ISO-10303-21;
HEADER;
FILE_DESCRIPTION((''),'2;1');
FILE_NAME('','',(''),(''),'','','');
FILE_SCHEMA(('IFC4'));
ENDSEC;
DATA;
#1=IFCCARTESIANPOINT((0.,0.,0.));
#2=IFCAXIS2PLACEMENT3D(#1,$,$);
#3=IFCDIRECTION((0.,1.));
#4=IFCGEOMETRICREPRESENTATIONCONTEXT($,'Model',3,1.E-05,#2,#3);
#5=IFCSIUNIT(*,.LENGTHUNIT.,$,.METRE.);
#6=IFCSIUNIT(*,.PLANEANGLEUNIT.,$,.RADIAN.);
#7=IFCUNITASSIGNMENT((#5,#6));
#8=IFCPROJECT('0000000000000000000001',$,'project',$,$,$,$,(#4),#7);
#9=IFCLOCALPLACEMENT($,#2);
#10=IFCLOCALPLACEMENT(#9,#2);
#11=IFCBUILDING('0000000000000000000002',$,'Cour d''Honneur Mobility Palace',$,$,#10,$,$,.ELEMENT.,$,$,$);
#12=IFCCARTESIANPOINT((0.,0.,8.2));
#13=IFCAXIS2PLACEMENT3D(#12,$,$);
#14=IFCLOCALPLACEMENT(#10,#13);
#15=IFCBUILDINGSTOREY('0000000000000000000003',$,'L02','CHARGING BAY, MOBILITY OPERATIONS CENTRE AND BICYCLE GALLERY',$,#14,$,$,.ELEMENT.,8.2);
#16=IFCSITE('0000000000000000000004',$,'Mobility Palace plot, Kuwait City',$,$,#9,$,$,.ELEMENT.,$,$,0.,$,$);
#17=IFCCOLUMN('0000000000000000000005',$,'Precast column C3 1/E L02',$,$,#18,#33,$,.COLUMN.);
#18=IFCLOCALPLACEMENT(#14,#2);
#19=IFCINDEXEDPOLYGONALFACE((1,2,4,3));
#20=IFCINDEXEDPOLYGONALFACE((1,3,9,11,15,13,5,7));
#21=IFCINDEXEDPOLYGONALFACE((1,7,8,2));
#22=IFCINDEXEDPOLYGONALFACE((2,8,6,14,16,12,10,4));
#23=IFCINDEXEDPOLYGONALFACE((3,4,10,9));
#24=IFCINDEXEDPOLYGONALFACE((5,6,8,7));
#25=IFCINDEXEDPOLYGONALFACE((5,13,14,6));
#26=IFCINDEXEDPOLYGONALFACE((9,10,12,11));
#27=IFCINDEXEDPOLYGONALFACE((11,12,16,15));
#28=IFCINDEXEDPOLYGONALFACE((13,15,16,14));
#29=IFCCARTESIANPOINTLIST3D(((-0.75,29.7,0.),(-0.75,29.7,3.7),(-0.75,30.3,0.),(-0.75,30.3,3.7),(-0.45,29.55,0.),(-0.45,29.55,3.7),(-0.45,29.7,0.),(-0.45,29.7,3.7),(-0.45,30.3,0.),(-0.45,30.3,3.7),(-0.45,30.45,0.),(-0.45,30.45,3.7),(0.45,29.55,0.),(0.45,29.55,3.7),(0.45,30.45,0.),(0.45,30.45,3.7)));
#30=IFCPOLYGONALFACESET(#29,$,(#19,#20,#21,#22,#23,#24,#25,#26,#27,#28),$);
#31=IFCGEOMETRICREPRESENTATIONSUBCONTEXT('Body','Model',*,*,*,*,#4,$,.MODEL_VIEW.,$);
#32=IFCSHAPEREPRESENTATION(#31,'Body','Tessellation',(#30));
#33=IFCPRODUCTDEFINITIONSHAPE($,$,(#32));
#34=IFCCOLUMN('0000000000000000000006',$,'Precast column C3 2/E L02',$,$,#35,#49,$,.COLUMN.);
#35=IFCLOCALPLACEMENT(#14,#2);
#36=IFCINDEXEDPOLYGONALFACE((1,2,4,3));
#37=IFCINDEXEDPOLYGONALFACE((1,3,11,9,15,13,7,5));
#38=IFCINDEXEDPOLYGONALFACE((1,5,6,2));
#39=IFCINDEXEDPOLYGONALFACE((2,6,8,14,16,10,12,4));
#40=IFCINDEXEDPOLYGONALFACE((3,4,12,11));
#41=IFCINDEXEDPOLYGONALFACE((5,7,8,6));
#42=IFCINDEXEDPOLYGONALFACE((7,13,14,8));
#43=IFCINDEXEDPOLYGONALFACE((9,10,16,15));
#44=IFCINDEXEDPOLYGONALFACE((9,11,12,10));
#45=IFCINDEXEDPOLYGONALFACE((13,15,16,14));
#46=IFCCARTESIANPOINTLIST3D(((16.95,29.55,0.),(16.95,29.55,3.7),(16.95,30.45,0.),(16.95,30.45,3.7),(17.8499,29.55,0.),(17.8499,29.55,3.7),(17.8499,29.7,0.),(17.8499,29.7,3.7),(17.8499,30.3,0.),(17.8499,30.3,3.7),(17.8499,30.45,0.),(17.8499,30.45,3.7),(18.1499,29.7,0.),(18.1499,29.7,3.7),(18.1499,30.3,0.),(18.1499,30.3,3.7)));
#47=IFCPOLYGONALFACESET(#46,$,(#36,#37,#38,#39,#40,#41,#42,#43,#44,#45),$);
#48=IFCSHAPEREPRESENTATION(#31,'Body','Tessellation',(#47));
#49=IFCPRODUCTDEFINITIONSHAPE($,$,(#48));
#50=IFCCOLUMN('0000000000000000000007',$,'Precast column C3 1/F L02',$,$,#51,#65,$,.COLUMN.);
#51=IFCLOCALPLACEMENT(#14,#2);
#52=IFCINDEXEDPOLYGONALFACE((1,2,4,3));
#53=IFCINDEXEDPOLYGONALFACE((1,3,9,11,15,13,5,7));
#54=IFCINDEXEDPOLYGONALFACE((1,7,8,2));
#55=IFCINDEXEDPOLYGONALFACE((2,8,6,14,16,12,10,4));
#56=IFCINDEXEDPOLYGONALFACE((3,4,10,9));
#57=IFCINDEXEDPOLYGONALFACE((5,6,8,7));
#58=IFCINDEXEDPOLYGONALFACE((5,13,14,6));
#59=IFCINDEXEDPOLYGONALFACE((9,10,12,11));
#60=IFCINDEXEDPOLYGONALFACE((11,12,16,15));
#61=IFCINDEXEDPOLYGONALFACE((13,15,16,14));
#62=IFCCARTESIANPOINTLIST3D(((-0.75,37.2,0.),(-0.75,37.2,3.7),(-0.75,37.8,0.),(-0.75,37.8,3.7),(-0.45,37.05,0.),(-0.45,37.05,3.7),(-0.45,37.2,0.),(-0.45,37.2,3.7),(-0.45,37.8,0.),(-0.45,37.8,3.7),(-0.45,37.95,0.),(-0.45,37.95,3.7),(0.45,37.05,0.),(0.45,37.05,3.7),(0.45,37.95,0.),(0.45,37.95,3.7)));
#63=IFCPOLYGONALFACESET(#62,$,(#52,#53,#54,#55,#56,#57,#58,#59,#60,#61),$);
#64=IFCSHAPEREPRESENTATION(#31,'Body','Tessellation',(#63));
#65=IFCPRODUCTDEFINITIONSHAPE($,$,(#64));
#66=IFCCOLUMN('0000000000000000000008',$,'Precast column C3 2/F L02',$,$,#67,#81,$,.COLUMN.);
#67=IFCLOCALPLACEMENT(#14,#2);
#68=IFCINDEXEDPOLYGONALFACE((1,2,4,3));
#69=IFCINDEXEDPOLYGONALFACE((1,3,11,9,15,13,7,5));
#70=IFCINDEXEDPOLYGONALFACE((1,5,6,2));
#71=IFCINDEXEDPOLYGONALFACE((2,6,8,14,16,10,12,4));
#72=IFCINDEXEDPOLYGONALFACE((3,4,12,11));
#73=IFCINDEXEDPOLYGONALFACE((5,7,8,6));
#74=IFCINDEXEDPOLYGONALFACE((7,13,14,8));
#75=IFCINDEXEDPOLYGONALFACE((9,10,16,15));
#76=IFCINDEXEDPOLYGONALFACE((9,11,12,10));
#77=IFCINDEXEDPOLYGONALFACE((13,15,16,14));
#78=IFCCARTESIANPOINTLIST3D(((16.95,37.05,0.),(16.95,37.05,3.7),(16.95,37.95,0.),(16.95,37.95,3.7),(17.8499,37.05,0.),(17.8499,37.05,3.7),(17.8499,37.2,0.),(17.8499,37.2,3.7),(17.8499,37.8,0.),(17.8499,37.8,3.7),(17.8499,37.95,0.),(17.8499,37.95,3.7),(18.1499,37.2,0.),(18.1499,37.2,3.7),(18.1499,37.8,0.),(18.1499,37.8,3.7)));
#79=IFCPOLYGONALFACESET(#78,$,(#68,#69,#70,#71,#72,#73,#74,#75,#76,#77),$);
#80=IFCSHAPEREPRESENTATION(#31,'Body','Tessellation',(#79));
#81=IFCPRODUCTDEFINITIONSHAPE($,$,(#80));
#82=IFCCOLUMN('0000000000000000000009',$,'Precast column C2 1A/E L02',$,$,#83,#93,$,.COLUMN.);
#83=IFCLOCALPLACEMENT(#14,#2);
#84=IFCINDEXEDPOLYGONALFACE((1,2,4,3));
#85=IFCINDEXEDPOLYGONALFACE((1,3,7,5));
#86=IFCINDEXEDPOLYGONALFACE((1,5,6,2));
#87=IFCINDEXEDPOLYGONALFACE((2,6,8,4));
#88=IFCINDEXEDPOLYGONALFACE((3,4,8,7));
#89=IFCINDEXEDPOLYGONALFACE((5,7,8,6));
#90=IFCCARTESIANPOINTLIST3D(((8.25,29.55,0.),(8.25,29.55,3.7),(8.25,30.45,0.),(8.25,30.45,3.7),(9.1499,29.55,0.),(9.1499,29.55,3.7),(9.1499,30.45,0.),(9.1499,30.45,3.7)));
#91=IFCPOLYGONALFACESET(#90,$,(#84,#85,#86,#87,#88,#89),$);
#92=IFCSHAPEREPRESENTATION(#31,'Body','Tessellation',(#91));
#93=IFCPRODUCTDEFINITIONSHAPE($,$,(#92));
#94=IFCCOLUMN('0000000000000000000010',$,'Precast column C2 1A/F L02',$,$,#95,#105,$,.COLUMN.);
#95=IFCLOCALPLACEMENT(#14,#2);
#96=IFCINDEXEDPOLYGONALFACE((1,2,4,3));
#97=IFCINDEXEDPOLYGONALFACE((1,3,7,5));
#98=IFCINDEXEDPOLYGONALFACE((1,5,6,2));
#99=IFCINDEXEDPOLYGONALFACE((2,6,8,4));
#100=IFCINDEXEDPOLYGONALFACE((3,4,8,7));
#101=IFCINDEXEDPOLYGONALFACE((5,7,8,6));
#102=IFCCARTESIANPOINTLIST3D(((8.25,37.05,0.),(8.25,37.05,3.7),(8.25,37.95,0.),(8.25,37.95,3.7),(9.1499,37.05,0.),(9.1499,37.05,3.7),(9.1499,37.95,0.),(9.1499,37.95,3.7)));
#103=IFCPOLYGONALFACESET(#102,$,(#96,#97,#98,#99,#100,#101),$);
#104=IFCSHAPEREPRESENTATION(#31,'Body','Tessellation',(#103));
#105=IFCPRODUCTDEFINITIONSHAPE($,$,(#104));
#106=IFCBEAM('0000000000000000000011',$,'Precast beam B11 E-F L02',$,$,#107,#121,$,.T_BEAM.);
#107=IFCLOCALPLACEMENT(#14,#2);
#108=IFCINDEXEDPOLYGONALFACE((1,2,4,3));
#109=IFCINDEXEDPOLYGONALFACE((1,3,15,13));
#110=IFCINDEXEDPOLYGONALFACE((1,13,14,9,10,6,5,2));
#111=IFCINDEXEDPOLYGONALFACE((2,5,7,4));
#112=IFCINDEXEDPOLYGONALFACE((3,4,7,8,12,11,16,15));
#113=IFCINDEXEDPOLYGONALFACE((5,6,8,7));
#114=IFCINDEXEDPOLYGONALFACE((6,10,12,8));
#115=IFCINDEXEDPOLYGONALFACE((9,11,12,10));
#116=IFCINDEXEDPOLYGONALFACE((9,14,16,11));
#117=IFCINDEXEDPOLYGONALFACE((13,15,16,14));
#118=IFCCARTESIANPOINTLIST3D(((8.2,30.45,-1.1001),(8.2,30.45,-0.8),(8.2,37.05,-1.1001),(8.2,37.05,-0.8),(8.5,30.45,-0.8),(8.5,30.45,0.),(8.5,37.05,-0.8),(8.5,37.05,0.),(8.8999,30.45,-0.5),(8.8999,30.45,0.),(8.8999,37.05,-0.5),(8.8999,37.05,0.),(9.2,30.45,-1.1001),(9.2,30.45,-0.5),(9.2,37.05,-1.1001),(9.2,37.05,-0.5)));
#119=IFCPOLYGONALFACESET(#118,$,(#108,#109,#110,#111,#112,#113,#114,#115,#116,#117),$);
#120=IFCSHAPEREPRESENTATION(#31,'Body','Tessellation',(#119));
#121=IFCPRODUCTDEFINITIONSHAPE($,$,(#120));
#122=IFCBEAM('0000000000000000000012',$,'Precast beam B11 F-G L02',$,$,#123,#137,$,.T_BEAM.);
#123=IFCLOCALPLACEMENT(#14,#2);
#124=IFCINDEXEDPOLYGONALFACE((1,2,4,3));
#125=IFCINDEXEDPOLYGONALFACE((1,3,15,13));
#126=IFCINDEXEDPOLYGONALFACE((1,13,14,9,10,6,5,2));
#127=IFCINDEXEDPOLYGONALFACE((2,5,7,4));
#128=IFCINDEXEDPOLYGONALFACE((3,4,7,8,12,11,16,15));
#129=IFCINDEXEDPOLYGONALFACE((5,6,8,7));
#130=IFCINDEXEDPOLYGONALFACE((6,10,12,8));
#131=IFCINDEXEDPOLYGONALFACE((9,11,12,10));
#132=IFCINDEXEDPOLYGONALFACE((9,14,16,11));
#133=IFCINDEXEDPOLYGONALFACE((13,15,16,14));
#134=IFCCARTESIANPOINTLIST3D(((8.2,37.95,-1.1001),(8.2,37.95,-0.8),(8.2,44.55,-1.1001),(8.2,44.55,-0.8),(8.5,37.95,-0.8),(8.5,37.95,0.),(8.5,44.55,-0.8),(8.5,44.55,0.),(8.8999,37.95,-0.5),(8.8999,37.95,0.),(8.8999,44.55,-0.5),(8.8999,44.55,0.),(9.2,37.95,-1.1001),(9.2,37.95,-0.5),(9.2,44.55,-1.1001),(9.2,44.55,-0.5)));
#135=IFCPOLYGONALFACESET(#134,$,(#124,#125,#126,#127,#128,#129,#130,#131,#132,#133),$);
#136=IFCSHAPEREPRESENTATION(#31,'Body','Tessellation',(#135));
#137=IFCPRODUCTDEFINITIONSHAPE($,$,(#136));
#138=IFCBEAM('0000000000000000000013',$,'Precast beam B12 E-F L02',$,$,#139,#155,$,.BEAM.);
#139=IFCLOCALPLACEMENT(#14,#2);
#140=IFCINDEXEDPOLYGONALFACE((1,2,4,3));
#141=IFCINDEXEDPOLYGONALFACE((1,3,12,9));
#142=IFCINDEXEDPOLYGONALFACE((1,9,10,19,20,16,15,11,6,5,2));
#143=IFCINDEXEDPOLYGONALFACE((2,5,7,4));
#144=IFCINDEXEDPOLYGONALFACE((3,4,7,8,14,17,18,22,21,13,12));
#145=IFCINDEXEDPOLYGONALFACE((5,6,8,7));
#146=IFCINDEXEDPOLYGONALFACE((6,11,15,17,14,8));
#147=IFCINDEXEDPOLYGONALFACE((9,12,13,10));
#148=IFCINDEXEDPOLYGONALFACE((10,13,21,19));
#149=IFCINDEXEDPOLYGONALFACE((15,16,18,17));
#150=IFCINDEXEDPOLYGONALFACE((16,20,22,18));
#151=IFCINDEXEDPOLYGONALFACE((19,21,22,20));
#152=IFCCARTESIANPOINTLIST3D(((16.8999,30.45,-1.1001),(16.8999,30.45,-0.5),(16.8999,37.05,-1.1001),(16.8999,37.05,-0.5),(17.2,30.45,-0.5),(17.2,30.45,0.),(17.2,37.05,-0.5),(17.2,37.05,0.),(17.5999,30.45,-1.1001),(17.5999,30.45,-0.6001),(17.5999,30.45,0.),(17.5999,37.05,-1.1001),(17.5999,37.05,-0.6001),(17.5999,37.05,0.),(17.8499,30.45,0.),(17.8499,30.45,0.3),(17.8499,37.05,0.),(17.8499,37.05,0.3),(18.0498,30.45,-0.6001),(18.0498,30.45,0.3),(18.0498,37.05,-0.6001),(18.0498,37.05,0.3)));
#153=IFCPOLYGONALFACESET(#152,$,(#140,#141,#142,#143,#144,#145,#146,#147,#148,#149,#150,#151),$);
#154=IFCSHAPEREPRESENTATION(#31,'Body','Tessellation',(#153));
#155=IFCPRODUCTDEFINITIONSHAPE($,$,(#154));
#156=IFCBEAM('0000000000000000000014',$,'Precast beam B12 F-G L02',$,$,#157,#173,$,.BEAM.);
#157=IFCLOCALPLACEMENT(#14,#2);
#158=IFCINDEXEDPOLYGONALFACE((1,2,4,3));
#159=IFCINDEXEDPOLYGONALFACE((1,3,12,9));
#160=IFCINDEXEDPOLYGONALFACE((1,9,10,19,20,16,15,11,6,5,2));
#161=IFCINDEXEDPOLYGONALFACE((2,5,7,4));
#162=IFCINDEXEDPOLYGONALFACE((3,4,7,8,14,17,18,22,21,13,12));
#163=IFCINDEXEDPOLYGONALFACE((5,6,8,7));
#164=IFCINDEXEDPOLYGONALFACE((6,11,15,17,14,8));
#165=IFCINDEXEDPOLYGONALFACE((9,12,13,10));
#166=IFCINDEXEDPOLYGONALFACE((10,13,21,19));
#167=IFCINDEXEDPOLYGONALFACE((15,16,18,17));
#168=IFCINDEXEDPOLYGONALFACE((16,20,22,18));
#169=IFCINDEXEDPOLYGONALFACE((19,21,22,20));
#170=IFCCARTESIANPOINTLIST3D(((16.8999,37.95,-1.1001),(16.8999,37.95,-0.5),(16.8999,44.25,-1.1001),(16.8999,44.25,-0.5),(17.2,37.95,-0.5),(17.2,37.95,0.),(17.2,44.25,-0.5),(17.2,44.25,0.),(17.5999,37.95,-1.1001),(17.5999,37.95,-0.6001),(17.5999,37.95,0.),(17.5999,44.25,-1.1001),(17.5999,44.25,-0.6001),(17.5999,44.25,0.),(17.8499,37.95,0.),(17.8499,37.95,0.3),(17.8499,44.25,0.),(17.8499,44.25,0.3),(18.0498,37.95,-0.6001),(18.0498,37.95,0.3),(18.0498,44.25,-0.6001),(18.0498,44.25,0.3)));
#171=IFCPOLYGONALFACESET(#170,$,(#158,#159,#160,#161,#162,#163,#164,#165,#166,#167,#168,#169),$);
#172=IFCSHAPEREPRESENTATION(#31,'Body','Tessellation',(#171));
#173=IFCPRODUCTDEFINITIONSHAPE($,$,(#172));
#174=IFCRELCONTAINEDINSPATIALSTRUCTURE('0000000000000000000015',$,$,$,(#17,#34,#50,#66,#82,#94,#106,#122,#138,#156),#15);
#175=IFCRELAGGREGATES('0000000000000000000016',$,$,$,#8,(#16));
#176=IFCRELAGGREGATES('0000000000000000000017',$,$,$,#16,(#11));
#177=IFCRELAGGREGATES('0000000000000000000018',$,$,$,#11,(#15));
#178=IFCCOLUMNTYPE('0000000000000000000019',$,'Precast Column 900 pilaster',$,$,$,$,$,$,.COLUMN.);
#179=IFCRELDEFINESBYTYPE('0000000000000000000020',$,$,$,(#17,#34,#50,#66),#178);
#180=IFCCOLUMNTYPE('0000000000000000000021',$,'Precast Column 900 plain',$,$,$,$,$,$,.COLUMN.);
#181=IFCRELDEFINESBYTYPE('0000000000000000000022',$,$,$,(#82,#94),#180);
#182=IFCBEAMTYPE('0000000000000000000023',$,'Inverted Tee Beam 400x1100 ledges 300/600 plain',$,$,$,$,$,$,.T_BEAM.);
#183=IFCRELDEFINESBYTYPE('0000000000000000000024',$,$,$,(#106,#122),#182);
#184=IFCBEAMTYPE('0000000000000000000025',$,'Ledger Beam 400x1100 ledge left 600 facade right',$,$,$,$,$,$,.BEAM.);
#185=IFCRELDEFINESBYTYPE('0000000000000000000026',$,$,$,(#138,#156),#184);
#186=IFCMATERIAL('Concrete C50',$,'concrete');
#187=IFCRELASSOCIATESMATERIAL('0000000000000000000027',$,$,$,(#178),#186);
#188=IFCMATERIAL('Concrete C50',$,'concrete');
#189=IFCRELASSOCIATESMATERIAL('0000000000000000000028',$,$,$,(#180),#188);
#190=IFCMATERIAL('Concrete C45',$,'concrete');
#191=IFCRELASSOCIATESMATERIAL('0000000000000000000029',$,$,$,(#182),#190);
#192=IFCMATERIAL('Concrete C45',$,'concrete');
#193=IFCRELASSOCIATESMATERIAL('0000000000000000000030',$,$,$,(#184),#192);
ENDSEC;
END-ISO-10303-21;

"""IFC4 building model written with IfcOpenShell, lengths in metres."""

from ifc_helpers import new_model, si_unit, direction, frame, origin, place, context, subcontext, project, spatial, polyline, outline, extrude, material, material_profile, profile_set, type_object, element, save


model = new_model("IFC4")

# Units and contexts
model_context = context("Model", 3, precision=1e-05, world=origin(), true_north=direction((0.0, 1.0)))
body_context = subcontext(model_context, "Body", "Model", "MODEL_VIEW")
ifc_project = project(units=[si_unit("LENGTHUNIT", "METRE"), si_unit("PLANEANGLEUNIT", "RADIAN")], contexts=[model_context])

# Site, building, storey
site_placement = place(None, origin())
site = spatial("IfcSite", under=ifc_project, at=site_placement, Name="Mobility Palace plot, Kuwait City", CompositionType="ELEMENT", RefElevation=0.0)
building_placement = place(site_placement, origin())
building = spatial("IfcBuilding", under=site, at=building_placement, Name="Cour d'Honneur Mobility Palace", CompositionType="ELEMENT")
storey_placement = place(building_placement, frame((0.0, 0.0, 8.2)))
storey = spatial("IfcBuildingStorey", under=building, at=storey_placement, Name="L02", Description="CHARGING BAY, MOBILITY OPERATIONS CENTRE AND BICYCLE GALLERY", CompositionType="ELEMENT", Elevation=8.2)

# Columns
ifc_material_1 = material(Name="Concrete C50", Category="concrete")
ifc_material_profile_1 = material_profile(ifc_material_1, outline(polyline([(-0.45, -0.45), (0.45, -0.45), (0.45, -0.3), (0.75, -0.3), (0.75, 0.3), (0.45, 0.3), (0.45, 0.45), (-0.45, 0.45), (-0.45, -0.45)])), Name="PC C900 pilaster")
ifc_profile_set_1 = profile_set([ifc_material_profile_1], Name="Concrete C50")
column_type_1 = type_object("IfcColumnType", Name="Precast Column 900 pilaster", PredefinedType="COLUMN", material=ifc_profile_set_1)
for number, where, z_axis, x_axis, name in (
    (1, (0.0, 30.0, 0.0), (0.0, 0.0, 1.0), (-1.0, 0.0, 0.0), "Precast column C3 1/E L02"),
    (2, (17.3999, 30.0, 0.0), (0.0, 0.0, 1.0), (1.0, 0.0, 0.0), "Precast column C3 2/E L02"),
    (3, (0.0, 37.5, 0.0), (0.0, 0.0, 1.0), (-1.0, 0.0, 0.0), "Precast column C3 1/F L02"),
    (4, (17.3999, 37.5, 0.0), (0.0, 0.0, 1.0), (1.0, 0.0, 0.0), "Precast column C3 2/F L02"),
):
    element("IfcColumn", number, at=place(storey_placement, frame(where, z_axis=z_axis, x_axis=x_axis)), inside=storey, type_object=column_type_1, Name=name, PredefinedType="COLUMN", context=body_context, shape_type="SweptSolid", body=[
        extrude(outline(polyline([(-0.45, -0.45), (0.45, -0.45), (0.45, -0.3), (0.75, -0.3), (0.75, 0.3), (0.45, 0.3), (0.45, 0.45), (-0.45, 0.45), (-0.45, -0.45)])), origin(), (0.0, 0.0, 1.0), 3.7),
    ])
ifc_material_2 = material(Name="Concrete C50", Category="concrete")
ifc_material_profile_2 = material_profile(ifc_material_2, outline(polyline([(-0.45, -0.45), (0.45, -0.45), (0.45, 0.45), (-0.45, 0.45), (-0.45, -0.45)])), Name="PC C900 plain")
ifc_profile_set_2 = profile_set([ifc_material_profile_2], Name="Concrete C50")
column_type_2 = type_object("IfcColumnType", Name="Precast Column 900 plain", PredefinedType="COLUMN", material=ifc_profile_set_2)
for number, where, z_axis, x_axis, name in (
    (5, (8.7, 30.0, 0.0), (0.0, 0.0, 1.0), (1.0, 0.0, 0.0), "Precast column C2 1A/E L02"),
    (6, (8.7, 37.5, 0.0), (0.0, 0.0, 1.0), (1.0, 0.0, 0.0), "Precast column C2 1A/F L02"),
):
    element("IfcColumn", number, at=place(storey_placement, frame(where, z_axis=z_axis, x_axis=x_axis)), inside=storey, type_object=column_type_2, Name=name, PredefinedType="COLUMN", context=body_context, shape_type="SweptSolid", body=[
        extrude(outline(polyline([(-0.45, -0.45), (0.45, -0.45), (0.45, 0.45), (-0.45, 0.45), (-0.45, -0.45)])), origin(), (0.0, 0.0, 1.0), 3.7),
    ])

# Beams
ifc_material_3 = material(Name="Concrete C45", Category="concrete")
ifc_material_profile_3 = material_profile(ifc_material_3, outline(polyline([(0.5, -1.1001), (0.5, -0.8), (0.2, -0.8), (0.2, 0.0), (-0.2, 0.0), (-0.2, -0.5), (-0.5, -0.5), (-0.5, -1.1001), (0.5, -1.1001)])), Name="Inverted Tee Beam 400x1100 ledges 300/600 plain")
ifc_profile_set_3 = profile_set([ifc_material_profile_3], Name="Concrete C45")
beam_type_1 = type_object("IfcBeamType", Name="Inverted Tee Beam 400x1100 ledges 300/600 plain", PredefinedType="T_BEAM", material=ifc_profile_set_3)
for number, where, z_axis, x_axis, name in (
    (7, (8.7, 30.45, 0.0), (0.0, 1.0, 0.0), (-1.0, 0.0, 0.0), "Precast beam B11 E-F L02"),
    (8, (8.7, 37.95, 0.0), (0.0, 1.0, 0.0), (-1.0, 0.0, 0.0), "Precast beam B11 F-G L02"),
):
    element("IfcBeam", number, at=place(storey_placement, frame(where, z_axis=z_axis, x_axis=x_axis)), inside=storey, type_object=beam_type_1, Name=name, PredefinedType="T_BEAM", context=body_context, shape_type="SweptSolid", body=[
        extrude(outline(polyline([(0.5, -1.1001), (0.5, -0.8), (0.2, -0.8), (0.2, 0.0), (-0.2, 0.0), (-0.2, -0.5), (-0.5, -0.5), (-0.5, -1.1001), (0.5, -1.1001)])), origin(), (0.0, 0.0, 1.0), 6.6001),
    ])
ifc_material_4 = material(Name="Concrete C45", Category="concrete")
ifc_material_profile_4 = material_profile(ifc_material_4, outline(polyline([(0.5, -1.1001), (0.5, -0.5), (0.2, -0.5), (0.2, 0.0), (-0.2, 0.0), (-0.45, 0.0), (-0.45, 0.3), (-0.6499, 0.3), (-0.6499, -0.6001), (-0.2, -0.6001), (-0.2, -1.1001), (0.5, -1.1001)])), Name="Ledger Beam 400x1100 ledge left 600 facade right")
ifc_profile_set_4 = profile_set([ifc_material_profile_4], Name="Concrete C45")
beam_type_2 = type_object("IfcBeamType", Name="Ledger Beam 400x1100 ledge left 600 facade right", PredefinedType="BEAM", material=ifc_profile_set_4)
beam_1_placement = place(storey_placement, frame((17.3999, 30.45, 0.0), z_axis=(0.0, 1.0, 0.0), x_axis=(-1.0, 0.0, 0.0)))
element("IfcBeam", 9, at=beam_1_placement, inside=storey, type_object=beam_type_2, Name="Precast beam B12 E-F L02", PredefinedType="BEAM", context=body_context, shape_type="SweptSolid", body=[
    extrude(outline(polyline([(0.5, -1.1001), (0.5, -0.5), (0.2, -0.5), (0.2, 0.0), (-0.2, 0.0), (-0.45, 0.0), (-0.45, 0.3), (-0.6499, 0.3), (-0.6499, -0.6001), (-0.2, -0.6001), (-0.2, -1.1001), (0.5, -1.1001)])), origin(), (0.0, 0.0, 1.0), 6.6001),
])
beam_2_placement = place(storey_placement, frame((17.3999, 37.95, 0.0), z_axis=(0.0, 1.0, 0.0), x_axis=(-1.0, 0.0, 0.0)))
element("IfcBeam", 10, at=beam_2_placement, inside=storey, type_object=beam_type_2, Name="Precast beam B12 F-G L02", PredefinedType="BEAM", context=body_context, shape_type="SweptSolid", body=[
    extrude(outline(polyline([(0.5, -1.1001), (0.5, -0.5), (0.2, -0.5), (0.2, 0.0), (-0.2, 0.0), (-0.45, 0.0), (-0.45, 0.3), (-0.6499, 0.3), (-0.6499, -0.6001), (-0.2, -0.6001), (-0.2, -1.1001), (0.5, -1.1001)])), origin(), (0.0, 0.0, 1.0), 6.3),
])

save(model, "model.ifc")
